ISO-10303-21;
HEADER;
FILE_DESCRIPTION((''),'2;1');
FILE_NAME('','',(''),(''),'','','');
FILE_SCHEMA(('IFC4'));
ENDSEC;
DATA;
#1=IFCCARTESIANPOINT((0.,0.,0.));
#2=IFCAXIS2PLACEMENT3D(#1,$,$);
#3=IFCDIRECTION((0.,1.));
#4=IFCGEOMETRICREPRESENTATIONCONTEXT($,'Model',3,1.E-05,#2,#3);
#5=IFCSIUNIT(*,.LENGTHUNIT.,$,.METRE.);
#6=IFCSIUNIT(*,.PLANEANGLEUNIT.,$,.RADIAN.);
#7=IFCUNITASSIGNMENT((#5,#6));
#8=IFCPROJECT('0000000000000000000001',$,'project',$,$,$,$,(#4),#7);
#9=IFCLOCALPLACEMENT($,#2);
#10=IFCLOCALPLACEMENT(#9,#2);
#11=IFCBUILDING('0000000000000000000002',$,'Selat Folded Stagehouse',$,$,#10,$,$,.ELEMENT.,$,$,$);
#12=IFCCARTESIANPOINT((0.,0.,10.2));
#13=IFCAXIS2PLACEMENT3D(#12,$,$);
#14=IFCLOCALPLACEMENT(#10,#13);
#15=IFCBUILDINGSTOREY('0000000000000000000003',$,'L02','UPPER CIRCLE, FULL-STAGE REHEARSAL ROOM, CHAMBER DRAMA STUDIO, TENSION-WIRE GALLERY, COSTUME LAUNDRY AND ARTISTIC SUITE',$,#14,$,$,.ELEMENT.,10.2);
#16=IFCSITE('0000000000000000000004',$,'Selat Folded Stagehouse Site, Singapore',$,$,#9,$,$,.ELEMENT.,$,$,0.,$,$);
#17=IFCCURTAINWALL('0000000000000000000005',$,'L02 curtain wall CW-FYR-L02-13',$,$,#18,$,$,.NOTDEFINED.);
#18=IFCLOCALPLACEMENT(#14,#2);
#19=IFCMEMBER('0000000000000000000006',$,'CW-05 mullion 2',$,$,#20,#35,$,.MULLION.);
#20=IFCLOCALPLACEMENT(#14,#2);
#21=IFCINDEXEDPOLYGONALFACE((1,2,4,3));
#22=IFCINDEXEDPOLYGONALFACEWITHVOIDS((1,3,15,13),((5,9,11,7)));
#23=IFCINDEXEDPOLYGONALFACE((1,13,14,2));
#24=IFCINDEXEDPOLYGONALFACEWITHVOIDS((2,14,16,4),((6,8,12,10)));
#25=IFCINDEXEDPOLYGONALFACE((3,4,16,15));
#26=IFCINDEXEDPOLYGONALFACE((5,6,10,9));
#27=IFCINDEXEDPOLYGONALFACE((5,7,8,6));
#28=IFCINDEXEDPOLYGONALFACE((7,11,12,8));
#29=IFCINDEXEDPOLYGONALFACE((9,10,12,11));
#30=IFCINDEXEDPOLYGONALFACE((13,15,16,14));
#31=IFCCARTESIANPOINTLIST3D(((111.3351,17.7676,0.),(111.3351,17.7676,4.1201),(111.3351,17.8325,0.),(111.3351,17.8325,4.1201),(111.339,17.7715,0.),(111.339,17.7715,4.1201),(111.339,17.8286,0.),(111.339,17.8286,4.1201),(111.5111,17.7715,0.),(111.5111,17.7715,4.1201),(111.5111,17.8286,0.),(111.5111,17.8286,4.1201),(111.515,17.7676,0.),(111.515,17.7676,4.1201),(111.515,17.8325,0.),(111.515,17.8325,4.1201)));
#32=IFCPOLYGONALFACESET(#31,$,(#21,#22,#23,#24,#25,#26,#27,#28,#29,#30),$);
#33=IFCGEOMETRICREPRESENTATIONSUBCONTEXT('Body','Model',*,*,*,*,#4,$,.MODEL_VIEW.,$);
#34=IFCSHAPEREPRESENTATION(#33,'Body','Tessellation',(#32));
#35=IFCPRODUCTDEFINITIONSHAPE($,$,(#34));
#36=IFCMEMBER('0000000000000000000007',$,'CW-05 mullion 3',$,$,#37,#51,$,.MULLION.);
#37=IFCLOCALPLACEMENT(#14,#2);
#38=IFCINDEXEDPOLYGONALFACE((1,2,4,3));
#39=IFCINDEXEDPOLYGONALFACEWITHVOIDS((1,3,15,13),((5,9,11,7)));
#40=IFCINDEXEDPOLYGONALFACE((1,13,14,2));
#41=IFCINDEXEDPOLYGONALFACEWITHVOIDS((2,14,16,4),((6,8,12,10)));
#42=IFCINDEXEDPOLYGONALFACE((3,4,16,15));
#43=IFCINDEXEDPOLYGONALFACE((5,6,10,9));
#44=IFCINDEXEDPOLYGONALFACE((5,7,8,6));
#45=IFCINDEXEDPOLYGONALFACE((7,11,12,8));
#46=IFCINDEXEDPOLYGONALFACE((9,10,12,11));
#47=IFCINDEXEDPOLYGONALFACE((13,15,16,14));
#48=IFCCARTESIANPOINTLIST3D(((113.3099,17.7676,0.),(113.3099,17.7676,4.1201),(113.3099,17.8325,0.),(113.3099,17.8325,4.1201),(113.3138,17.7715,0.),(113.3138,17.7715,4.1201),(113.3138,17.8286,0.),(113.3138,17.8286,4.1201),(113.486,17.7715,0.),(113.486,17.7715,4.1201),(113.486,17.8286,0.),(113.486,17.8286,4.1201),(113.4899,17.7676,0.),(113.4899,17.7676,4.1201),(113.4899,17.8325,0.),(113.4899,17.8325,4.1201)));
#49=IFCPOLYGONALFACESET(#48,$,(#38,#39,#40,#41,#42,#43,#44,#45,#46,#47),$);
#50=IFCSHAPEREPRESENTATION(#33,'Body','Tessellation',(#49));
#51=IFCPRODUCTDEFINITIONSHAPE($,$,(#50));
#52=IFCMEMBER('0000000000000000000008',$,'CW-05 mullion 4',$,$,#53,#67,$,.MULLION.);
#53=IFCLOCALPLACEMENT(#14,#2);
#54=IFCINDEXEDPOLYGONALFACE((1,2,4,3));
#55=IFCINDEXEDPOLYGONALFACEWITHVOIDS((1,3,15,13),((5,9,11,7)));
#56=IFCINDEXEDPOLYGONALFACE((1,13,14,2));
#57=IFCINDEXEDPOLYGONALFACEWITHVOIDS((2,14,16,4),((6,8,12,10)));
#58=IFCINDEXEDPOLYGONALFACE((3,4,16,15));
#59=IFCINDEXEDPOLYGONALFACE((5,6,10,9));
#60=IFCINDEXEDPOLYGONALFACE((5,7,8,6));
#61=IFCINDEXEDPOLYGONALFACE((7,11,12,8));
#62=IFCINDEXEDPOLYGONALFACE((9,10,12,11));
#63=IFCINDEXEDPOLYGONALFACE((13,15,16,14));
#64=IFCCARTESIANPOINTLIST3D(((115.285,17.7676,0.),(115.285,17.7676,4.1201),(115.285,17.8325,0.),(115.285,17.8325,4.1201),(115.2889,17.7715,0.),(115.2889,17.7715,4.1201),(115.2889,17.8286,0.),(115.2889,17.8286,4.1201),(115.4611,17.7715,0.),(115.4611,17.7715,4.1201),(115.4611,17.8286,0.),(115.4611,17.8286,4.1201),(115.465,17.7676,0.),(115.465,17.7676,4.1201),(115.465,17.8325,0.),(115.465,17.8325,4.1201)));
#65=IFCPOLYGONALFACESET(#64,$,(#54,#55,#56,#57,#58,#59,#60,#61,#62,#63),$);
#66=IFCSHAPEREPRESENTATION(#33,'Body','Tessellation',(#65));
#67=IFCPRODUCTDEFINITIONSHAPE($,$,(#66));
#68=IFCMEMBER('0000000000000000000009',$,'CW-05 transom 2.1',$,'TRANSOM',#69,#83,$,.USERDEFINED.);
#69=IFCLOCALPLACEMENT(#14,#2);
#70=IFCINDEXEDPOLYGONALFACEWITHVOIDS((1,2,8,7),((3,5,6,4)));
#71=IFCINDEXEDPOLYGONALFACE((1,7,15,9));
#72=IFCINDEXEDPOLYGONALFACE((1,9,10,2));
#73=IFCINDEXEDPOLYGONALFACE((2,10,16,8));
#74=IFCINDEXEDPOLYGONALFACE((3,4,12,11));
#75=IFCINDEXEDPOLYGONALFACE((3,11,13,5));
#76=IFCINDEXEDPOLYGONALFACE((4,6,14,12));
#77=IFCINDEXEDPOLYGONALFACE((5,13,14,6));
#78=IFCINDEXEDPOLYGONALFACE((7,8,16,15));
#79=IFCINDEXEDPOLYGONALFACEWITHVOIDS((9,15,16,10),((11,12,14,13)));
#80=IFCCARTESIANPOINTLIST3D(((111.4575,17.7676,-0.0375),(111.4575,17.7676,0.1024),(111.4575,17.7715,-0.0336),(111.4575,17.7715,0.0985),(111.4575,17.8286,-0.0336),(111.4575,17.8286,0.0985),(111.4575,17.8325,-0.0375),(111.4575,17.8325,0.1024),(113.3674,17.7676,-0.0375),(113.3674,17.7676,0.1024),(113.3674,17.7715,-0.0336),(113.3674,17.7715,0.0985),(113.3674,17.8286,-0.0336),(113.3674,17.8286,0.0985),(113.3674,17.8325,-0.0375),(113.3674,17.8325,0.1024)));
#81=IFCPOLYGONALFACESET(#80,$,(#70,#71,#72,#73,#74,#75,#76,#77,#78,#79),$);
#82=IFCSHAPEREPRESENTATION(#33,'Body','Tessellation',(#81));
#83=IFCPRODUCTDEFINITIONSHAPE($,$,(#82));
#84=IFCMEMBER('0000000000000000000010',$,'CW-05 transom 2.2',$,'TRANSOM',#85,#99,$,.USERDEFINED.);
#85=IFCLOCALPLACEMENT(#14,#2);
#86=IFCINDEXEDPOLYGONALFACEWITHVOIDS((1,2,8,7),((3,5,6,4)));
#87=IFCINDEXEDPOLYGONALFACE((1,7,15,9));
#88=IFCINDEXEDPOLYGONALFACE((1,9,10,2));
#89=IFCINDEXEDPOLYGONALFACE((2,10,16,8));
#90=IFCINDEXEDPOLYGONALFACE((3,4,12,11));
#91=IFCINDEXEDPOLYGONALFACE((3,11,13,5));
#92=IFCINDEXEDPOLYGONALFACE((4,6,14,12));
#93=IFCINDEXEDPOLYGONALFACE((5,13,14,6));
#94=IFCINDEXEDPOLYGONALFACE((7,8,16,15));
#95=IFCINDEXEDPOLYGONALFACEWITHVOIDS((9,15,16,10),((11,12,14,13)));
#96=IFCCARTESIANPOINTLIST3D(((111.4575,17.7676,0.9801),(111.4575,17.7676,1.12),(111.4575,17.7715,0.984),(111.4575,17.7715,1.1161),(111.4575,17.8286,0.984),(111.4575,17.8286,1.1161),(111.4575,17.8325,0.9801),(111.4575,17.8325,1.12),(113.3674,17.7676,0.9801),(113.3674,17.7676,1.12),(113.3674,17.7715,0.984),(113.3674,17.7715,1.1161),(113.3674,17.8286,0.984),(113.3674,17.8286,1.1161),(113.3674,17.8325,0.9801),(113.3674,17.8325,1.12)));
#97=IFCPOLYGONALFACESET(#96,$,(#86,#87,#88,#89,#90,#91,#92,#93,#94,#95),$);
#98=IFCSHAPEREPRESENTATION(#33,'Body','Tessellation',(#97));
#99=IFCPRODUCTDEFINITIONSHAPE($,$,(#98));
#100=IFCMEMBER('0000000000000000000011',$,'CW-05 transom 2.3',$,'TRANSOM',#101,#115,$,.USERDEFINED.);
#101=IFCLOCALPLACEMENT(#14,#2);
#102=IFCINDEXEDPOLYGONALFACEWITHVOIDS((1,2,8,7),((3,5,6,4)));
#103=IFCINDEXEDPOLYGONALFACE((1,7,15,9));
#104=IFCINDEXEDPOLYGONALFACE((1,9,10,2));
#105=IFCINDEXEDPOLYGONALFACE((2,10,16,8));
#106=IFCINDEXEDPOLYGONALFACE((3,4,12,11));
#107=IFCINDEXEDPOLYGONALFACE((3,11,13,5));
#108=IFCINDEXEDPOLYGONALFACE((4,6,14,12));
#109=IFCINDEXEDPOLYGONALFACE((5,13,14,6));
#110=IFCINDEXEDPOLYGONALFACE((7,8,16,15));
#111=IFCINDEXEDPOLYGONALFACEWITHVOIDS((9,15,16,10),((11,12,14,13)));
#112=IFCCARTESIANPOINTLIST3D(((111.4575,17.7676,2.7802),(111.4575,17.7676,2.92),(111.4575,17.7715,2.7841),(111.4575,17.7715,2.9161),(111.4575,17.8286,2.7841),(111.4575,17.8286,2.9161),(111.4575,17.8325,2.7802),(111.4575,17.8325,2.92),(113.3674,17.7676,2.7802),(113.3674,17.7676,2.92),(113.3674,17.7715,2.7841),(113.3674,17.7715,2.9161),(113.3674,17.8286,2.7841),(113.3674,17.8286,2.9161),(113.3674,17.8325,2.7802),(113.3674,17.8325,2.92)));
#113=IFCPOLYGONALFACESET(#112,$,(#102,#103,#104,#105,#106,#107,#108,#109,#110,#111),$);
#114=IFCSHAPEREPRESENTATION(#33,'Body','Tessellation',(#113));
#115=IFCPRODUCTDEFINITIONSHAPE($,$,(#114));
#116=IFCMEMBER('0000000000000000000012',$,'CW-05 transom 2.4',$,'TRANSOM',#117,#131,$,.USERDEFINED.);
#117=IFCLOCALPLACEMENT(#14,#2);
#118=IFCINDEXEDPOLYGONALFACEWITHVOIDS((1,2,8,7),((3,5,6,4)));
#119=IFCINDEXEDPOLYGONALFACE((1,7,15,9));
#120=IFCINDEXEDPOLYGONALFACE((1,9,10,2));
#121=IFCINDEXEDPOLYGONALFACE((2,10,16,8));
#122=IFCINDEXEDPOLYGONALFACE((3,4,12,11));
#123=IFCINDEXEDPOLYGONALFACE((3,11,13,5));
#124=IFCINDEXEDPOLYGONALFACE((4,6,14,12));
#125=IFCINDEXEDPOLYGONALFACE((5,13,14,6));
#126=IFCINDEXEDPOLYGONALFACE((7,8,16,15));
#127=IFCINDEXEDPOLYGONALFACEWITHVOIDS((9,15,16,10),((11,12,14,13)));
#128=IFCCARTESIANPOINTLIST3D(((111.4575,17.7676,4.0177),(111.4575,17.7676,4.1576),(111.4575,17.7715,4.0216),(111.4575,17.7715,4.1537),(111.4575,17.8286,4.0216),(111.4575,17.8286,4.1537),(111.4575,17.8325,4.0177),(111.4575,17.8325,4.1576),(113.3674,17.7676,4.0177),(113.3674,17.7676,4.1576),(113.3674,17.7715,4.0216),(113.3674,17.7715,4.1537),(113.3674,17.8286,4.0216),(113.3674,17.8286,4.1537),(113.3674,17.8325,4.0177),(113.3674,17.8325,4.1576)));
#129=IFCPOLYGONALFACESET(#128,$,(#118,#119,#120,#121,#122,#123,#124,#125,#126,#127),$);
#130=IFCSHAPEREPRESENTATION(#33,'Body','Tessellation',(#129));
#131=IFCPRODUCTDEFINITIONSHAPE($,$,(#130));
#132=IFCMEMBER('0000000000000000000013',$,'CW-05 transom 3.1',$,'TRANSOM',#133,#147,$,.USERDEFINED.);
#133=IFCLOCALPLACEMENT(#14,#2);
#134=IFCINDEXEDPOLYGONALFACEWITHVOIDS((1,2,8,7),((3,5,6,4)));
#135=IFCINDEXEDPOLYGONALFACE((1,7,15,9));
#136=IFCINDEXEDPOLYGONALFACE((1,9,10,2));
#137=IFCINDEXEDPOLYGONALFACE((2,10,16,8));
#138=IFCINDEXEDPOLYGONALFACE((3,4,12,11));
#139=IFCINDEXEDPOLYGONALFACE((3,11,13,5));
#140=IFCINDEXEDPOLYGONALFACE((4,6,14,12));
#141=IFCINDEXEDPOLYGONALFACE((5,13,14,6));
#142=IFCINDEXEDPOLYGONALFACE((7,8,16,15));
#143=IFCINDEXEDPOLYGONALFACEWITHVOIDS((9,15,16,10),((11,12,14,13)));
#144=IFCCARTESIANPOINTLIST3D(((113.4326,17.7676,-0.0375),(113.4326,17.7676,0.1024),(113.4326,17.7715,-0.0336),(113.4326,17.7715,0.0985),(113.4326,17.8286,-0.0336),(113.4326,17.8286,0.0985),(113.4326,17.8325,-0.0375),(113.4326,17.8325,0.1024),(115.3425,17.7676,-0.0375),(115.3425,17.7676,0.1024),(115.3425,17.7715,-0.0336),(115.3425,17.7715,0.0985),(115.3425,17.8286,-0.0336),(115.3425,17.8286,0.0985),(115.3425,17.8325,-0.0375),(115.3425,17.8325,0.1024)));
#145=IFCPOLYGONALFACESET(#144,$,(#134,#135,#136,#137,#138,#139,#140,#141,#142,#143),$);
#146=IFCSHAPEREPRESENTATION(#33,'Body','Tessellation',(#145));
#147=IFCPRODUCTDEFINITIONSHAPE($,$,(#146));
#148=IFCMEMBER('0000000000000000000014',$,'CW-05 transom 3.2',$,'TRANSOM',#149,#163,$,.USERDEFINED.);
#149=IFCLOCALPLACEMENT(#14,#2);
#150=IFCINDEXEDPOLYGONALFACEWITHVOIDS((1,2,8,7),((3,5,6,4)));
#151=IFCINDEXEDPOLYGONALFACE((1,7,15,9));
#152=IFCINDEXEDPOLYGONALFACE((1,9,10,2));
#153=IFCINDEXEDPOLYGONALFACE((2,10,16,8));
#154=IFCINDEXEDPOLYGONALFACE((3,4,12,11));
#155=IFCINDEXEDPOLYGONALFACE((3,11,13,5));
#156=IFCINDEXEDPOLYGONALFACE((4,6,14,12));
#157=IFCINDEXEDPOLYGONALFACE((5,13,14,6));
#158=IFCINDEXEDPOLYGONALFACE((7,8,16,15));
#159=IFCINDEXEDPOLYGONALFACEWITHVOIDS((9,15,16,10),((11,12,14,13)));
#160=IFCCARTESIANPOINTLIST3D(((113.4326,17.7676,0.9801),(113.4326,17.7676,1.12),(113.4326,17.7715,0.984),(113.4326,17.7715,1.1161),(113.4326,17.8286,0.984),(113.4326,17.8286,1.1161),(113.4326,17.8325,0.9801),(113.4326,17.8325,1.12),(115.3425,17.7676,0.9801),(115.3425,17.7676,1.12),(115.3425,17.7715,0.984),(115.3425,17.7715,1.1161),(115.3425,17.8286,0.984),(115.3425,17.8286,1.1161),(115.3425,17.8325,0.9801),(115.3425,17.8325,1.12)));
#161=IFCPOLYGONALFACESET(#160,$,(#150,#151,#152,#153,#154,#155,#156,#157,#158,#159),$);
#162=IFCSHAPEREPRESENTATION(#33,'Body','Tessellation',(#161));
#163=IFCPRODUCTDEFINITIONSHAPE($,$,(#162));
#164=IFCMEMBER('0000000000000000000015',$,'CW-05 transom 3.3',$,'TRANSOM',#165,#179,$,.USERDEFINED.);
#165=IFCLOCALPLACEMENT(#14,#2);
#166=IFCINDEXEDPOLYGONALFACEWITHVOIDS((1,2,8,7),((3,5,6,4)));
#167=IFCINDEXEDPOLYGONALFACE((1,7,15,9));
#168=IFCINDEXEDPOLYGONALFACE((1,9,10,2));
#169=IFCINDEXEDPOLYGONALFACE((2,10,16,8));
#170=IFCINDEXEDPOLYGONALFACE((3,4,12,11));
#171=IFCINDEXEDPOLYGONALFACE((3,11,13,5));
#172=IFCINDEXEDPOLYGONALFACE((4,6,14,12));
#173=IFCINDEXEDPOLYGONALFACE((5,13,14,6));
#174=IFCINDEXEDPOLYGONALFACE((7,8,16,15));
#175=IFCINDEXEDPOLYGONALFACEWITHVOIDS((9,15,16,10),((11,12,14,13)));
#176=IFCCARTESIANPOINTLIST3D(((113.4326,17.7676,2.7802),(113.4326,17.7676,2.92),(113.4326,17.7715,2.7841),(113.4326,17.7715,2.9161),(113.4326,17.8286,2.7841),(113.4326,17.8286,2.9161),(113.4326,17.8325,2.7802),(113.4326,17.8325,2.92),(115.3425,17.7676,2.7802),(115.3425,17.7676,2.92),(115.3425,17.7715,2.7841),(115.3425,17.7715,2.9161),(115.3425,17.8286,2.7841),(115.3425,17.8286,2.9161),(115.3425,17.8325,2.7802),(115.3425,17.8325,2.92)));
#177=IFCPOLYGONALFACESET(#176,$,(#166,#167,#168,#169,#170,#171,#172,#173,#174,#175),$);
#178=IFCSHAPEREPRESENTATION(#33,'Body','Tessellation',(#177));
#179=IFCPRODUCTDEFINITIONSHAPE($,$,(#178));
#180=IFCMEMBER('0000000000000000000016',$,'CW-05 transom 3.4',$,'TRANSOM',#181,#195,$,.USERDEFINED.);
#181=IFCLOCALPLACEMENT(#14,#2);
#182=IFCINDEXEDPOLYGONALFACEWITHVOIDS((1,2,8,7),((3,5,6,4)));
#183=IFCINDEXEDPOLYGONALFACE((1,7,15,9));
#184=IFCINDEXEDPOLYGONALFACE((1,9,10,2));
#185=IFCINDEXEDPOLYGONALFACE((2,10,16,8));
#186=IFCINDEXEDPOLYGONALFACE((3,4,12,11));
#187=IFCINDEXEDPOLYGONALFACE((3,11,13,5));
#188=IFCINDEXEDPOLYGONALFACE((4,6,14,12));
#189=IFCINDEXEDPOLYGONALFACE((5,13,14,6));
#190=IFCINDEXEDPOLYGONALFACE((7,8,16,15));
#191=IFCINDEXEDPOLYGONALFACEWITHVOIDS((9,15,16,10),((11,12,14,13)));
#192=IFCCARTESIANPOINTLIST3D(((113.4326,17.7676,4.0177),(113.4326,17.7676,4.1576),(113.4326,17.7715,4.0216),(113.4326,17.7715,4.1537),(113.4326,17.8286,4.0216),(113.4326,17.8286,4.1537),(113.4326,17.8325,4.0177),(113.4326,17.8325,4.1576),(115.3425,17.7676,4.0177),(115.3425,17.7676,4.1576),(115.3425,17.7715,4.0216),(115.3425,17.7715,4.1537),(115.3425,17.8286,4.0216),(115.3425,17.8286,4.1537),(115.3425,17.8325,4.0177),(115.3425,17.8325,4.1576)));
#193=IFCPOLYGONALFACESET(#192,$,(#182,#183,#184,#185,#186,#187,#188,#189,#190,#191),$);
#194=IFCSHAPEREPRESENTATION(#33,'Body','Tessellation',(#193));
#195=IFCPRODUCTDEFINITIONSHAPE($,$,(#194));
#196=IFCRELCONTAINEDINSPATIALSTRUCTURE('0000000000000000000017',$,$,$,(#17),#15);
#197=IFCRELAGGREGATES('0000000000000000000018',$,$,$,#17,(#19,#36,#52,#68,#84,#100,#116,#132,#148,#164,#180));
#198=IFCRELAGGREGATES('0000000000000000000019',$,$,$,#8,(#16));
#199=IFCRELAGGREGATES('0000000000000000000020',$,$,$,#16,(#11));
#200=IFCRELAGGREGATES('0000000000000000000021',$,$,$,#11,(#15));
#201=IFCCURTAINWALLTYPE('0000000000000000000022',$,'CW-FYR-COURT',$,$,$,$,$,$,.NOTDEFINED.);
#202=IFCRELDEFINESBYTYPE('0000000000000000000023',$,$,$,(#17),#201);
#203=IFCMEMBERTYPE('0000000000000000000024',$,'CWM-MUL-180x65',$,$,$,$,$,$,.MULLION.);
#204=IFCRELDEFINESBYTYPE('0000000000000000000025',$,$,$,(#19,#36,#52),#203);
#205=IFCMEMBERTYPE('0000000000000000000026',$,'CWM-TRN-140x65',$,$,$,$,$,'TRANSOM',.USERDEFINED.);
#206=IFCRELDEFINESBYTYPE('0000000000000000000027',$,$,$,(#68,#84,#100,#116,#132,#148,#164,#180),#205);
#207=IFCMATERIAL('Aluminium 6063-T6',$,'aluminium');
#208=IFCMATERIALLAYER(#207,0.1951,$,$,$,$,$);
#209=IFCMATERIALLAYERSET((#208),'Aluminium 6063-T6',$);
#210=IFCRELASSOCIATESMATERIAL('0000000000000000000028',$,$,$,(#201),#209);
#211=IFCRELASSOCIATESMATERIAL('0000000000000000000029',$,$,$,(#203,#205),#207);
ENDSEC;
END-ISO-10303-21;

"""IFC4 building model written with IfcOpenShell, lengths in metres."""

from ifc_helpers import new_model, si_unit, direction, frame, origin, origin_2d, place, context, subcontext, project, spatial, hollow_rectangle, extrude, material, layer, layer_set, material_profile, profile_set, type_object, element, aggregate, save


model = new_model("IFC4")

# Units and contexts
model_context = context("Model", 3, precision=1e-05, world=origin(), true_north=direction((0.0, 1.0)))
body_context = subcontext(model_context, "Body", "Model", "MODEL_VIEW")
ifc_project = project(units=[si_unit("LENGTHUNIT", "METRE"), si_unit("PLANEANGLEUNIT", "RADIAN")], contexts=[model_context])

# Site, building, storey
site_placement = place(None, origin())
site = spatial("IfcSite", under=ifc_project, at=site_placement, Name="Selat Folded Stagehouse Site, Singapore", CompositionType="ELEMENT", RefElevation=0.0)
building_placement = place(site_placement, origin())
building = spatial("IfcBuilding", under=site, at=building_placement, Name="Selat Folded Stagehouse", CompositionType="ELEMENT")
storey_placement = place(building_placement, frame((0.0, 0.0, 10.2)))
storey = spatial("IfcBuildingStorey", under=building, at=storey_placement, Name="L02", Description="UPPER CIRCLE, FULL-STAGE REHEARSAL ROOM, CHAMBER DRAMA STUDIO, TENSION-WIRE GALLERY, COSTUME LAUNDRY AND ARTISTIC SUITE", CompositionType="ELEMENT", Elevation=10.2)

# Curtain wall, members
ifc_material_1 = material(Name="Aluminium 6063-T6", Category="aluminium")
ifc_layer_1 = layer(ifc_material_1, 0.1951)
ifc_layer_set_1 = layer_set([ifc_layer_1], Name="Aluminium 6063-T6")
curtain_wall_type = type_object("IfcCurtainWallType", Name="CW-FYR-COURT", PredefinedType="NOTDEFINED", material=ifc_layer_set_1)
curtain_wall_placement = place(storey_placement, origin())
curtain_wall = element("IfcCurtainWall", 1, at=curtain_wall_placement, inside=storey, type_object=curtain_wall_type, Name="L02 curtain wall CW-FYR-L02-13", PredefinedType="NOTDEFINED")
ifc_material_profile_1 = material_profile(ifc_material_1, hollow_rectangle(XDim=0.0649, YDim=0.1799, WallThickness=0.0039, at=origin_2d()), Name="ALU 180x65x4.0")
ifc_profile_set_1 = profile_set([ifc_material_profile_1], Name="Aluminium 6063-T6")
member_type_1 = type_object("IfcMemberType", Name="CWM-MUL-180x65", PredefinedType="MULLION", material=ifc_profile_set_1)
member_1_placement = place(storey_placement, frame((111.425, 17.8, 0.0), z_axis=(0.0, 0.0, 1.0), x_axis=(0.0, 1.0, 0.0)))
member_1 = element("IfcMember", 2, at=member_1_placement, type_object=member_type_1, Name="CW-05 mullion 2", PredefinedType="MULLION", context=body_context, shape_type="SweptSolid", body=[
    extrude(hollow_rectangle(XDim=0.0649, YDim=0.1799, WallThickness=0.0039, at=origin_2d()), origin(), (0.0, 0.0, 1.0), 4.1201),
])
member_2_placement = place(storey_placement, frame((113.3999, 17.8, 0.0), z_axis=(0.0, 0.0, 1.0), x_axis=(0.0, 1.0, 0.0)))
member_2 = element("IfcMember", 3, at=member_2_placement, type_object=member_type_1, Name="CW-05 mullion 3", PredefinedType="MULLION", context=body_context, shape_type="SweptSolid", body=[
    extrude(hollow_rectangle(XDim=0.0649, YDim=0.1799, WallThickness=0.0039, at=origin_2d()), origin(), (0.0, 0.0, 1.0), 4.1201),
])
member_3_placement = place(storey_placement, frame((115.375, 17.8, 0.0), z_axis=(0.0, 0.0, 1.0), x_axis=(0.0, 1.0, 0.0)))
member_3 = element("IfcMember", 4, at=member_3_placement, type_object=member_type_1, Name="CW-05 mullion 4", PredefinedType="MULLION", context=body_context, shape_type="SweptSolid", body=[
    extrude(hollow_rectangle(XDim=0.0649, YDim=0.1799, WallThickness=0.0039, at=origin_2d()), origin(), (0.0, 0.0, 1.0), 4.1201),
])
ifc_material_profile_2 = material_profile(ifc_material_1, hollow_rectangle(XDim=0.0649, YDim=0.1399, WallThickness=0.0039, at=origin_2d()), Name="ALU 140x65x4.0")
ifc_profile_set_2 = profile_set([ifc_material_profile_2], Name="Aluminium 6063-T6")
member_type_2 = type_object("IfcMemberType", Name="CWM-TRN-140x65", ElementType="TRANSOM", PredefinedType="USERDEFINED", material=ifc_profile_set_2)
member_4_placement = place(storey_placement, frame((111.4575, 17.8, 0.0325), z_axis=(1.0, 0.0, 0.0), x_axis=(0.0, 1.0, 0.0)))
member_4 = element("IfcMember", 5, at=member_4_placement, type_object=member_type_2, Name="CW-05 transom 2.1", ObjectType="TRANSOM", PredefinedType="USERDEFINED", context=body_context, shape_type="SweptSolid", body=[
    extrude(hollow_rectangle(XDim=0.0649, YDim=0.1399, WallThickness=0.0039, at=origin_2d()), origin(), (0.0, 0.0, 1.0), 1.9099),
])
member_5_placement = place(storey_placement, frame((111.4575, 17.8, 1.05), z_axis=(1.0, 0.0, 0.0), x_axis=(0.0, 1.0, 0.0)))
member_5 = element("IfcMember", 6, at=member_5_placement, type_object=member_type_2, Name="CW-05 transom 2.2", ObjectType="TRANSOM", PredefinedType="USERDEFINED", context=body_context, shape_type="SweptSolid", body=[
    extrude(hollow_rectangle(XDim=0.0649, YDim=0.1399, WallThickness=0.0039, at=origin_2d()), origin(), (0.0, 0.0, 1.0), 1.9099),
])
member_6_placement = place(storey_placement, frame((111.4575, 17.8, 2.8501), z_axis=(1.0, 0.0, 0.0), x_axis=(0.0, 1.0, 0.0)))
member_6 = element("IfcMember", 7, at=member_6_placement, type_object=member_type_2, Name="CW-05 transom 2.3", ObjectType="TRANSOM", PredefinedType="USERDEFINED", context=body_context, shape_type="SweptSolid", body=[
    extrude(hollow_rectangle(XDim=0.0649, YDim=0.1399, WallThickness=0.0039, at=origin_2d()), origin(), (0.0, 0.0, 1.0), 1.9099),
])
member_7_placement = place(storey_placement, frame((111.4575, 17.8, 4.0876), z_axis=(1.0, 0.0, 0.0), x_axis=(0.0, 1.0, 0.0)))
member_7 = element("IfcMember", 8, at=member_7_placement, type_object=member_type_2, Name="CW-05 transom 2.4", ObjectType="TRANSOM", PredefinedType="USERDEFINED", context=body_context, shape_type="SweptSolid", body=[
    extrude(hollow_rectangle(XDim=0.0649, YDim=0.1399, WallThickness=0.0039, at=origin_2d()), origin(), (0.0, 0.0, 1.0), 1.9099),
])
member_8_placement = place(storey_placement, frame((113.4326, 17.8, 0.0325), z_axis=(1.0, 0.0, 0.0), x_axis=(0.0, 1.0, 0.0)))
member_8 = element("IfcMember", 9, at=member_8_placement, type_object=member_type_2, Name="CW-05 transom 3.1", ObjectType="TRANSOM", PredefinedType="USERDEFINED", context=body_context, shape_type="SweptSolid", body=[
    extrude(hollow_rectangle(XDim=0.0649, YDim=0.1399, WallThickness=0.0039, at=origin_2d()), origin(), (0.0, 0.0, 1.0), 1.9099),
])
member_9_placement = place(storey_placement, frame((113.4326, 17.8, 1.05), z_axis=(1.0, 0.0, 0.0), x_axis=(0.0, 1.0, 0.0)))
member_9 = element("IfcMember", 10, at=member_9_placement, type_object=member_type_2, Name="CW-05 transom 3.2", ObjectType="TRANSOM", PredefinedType="USERDEFINED", context=body_context, shape_type="SweptSolid", body=[
    extrude(hollow_rectangle(XDim=0.0649, YDim=0.1399, WallThickness=0.0039, at=origin_2d()), origin(), (0.0, 0.0, 1.0), 1.9099),
])
member_10_placement = place(storey_placement, frame((113.4326, 17.8, 2.8501), z_axis=(1.0, 0.0, 0.0), x_axis=(0.0, 1.0, 0.0)))
member_10 = element("IfcMember", 11, at=member_10_placement, type_object=member_type_2, Name="CW-05 transom 3.3", ObjectType="TRANSOM", PredefinedType="USERDEFINED", context=body_context, shape_type="SweptSolid", body=[
    extrude(hollow_rectangle(XDim=0.0649, YDim=0.1399, WallThickness=0.0039, at=origin_2d()), origin(), (0.0, 0.0, 1.0), 1.9099),
])
member_11_placement = place(storey_placement, frame((113.4326, 17.8, 4.0876), z_axis=(1.0, 0.0, 0.0), x_axis=(0.0, 1.0, 0.0)))
member_11 = element("IfcMember", 12, at=member_11_placement, type_object=member_type_2, Name="CW-05 transom 3.4", ObjectType="TRANSOM", PredefinedType="USERDEFINED", context=body_context, shape_type="SweptSolid", body=[
    extrude(hollow_rectangle(XDim=0.0649, YDim=0.1399, WallThickness=0.0039, at=origin_2d()), origin(), (0.0, 0.0, 1.0), 1.9099),
])
aggregate(curtain_wall, [member_1, member_2, member_3, member_4, member_5, member_6, member_7, member_8, member_9, member_10, member_11])

save(model, "model.ifc")
